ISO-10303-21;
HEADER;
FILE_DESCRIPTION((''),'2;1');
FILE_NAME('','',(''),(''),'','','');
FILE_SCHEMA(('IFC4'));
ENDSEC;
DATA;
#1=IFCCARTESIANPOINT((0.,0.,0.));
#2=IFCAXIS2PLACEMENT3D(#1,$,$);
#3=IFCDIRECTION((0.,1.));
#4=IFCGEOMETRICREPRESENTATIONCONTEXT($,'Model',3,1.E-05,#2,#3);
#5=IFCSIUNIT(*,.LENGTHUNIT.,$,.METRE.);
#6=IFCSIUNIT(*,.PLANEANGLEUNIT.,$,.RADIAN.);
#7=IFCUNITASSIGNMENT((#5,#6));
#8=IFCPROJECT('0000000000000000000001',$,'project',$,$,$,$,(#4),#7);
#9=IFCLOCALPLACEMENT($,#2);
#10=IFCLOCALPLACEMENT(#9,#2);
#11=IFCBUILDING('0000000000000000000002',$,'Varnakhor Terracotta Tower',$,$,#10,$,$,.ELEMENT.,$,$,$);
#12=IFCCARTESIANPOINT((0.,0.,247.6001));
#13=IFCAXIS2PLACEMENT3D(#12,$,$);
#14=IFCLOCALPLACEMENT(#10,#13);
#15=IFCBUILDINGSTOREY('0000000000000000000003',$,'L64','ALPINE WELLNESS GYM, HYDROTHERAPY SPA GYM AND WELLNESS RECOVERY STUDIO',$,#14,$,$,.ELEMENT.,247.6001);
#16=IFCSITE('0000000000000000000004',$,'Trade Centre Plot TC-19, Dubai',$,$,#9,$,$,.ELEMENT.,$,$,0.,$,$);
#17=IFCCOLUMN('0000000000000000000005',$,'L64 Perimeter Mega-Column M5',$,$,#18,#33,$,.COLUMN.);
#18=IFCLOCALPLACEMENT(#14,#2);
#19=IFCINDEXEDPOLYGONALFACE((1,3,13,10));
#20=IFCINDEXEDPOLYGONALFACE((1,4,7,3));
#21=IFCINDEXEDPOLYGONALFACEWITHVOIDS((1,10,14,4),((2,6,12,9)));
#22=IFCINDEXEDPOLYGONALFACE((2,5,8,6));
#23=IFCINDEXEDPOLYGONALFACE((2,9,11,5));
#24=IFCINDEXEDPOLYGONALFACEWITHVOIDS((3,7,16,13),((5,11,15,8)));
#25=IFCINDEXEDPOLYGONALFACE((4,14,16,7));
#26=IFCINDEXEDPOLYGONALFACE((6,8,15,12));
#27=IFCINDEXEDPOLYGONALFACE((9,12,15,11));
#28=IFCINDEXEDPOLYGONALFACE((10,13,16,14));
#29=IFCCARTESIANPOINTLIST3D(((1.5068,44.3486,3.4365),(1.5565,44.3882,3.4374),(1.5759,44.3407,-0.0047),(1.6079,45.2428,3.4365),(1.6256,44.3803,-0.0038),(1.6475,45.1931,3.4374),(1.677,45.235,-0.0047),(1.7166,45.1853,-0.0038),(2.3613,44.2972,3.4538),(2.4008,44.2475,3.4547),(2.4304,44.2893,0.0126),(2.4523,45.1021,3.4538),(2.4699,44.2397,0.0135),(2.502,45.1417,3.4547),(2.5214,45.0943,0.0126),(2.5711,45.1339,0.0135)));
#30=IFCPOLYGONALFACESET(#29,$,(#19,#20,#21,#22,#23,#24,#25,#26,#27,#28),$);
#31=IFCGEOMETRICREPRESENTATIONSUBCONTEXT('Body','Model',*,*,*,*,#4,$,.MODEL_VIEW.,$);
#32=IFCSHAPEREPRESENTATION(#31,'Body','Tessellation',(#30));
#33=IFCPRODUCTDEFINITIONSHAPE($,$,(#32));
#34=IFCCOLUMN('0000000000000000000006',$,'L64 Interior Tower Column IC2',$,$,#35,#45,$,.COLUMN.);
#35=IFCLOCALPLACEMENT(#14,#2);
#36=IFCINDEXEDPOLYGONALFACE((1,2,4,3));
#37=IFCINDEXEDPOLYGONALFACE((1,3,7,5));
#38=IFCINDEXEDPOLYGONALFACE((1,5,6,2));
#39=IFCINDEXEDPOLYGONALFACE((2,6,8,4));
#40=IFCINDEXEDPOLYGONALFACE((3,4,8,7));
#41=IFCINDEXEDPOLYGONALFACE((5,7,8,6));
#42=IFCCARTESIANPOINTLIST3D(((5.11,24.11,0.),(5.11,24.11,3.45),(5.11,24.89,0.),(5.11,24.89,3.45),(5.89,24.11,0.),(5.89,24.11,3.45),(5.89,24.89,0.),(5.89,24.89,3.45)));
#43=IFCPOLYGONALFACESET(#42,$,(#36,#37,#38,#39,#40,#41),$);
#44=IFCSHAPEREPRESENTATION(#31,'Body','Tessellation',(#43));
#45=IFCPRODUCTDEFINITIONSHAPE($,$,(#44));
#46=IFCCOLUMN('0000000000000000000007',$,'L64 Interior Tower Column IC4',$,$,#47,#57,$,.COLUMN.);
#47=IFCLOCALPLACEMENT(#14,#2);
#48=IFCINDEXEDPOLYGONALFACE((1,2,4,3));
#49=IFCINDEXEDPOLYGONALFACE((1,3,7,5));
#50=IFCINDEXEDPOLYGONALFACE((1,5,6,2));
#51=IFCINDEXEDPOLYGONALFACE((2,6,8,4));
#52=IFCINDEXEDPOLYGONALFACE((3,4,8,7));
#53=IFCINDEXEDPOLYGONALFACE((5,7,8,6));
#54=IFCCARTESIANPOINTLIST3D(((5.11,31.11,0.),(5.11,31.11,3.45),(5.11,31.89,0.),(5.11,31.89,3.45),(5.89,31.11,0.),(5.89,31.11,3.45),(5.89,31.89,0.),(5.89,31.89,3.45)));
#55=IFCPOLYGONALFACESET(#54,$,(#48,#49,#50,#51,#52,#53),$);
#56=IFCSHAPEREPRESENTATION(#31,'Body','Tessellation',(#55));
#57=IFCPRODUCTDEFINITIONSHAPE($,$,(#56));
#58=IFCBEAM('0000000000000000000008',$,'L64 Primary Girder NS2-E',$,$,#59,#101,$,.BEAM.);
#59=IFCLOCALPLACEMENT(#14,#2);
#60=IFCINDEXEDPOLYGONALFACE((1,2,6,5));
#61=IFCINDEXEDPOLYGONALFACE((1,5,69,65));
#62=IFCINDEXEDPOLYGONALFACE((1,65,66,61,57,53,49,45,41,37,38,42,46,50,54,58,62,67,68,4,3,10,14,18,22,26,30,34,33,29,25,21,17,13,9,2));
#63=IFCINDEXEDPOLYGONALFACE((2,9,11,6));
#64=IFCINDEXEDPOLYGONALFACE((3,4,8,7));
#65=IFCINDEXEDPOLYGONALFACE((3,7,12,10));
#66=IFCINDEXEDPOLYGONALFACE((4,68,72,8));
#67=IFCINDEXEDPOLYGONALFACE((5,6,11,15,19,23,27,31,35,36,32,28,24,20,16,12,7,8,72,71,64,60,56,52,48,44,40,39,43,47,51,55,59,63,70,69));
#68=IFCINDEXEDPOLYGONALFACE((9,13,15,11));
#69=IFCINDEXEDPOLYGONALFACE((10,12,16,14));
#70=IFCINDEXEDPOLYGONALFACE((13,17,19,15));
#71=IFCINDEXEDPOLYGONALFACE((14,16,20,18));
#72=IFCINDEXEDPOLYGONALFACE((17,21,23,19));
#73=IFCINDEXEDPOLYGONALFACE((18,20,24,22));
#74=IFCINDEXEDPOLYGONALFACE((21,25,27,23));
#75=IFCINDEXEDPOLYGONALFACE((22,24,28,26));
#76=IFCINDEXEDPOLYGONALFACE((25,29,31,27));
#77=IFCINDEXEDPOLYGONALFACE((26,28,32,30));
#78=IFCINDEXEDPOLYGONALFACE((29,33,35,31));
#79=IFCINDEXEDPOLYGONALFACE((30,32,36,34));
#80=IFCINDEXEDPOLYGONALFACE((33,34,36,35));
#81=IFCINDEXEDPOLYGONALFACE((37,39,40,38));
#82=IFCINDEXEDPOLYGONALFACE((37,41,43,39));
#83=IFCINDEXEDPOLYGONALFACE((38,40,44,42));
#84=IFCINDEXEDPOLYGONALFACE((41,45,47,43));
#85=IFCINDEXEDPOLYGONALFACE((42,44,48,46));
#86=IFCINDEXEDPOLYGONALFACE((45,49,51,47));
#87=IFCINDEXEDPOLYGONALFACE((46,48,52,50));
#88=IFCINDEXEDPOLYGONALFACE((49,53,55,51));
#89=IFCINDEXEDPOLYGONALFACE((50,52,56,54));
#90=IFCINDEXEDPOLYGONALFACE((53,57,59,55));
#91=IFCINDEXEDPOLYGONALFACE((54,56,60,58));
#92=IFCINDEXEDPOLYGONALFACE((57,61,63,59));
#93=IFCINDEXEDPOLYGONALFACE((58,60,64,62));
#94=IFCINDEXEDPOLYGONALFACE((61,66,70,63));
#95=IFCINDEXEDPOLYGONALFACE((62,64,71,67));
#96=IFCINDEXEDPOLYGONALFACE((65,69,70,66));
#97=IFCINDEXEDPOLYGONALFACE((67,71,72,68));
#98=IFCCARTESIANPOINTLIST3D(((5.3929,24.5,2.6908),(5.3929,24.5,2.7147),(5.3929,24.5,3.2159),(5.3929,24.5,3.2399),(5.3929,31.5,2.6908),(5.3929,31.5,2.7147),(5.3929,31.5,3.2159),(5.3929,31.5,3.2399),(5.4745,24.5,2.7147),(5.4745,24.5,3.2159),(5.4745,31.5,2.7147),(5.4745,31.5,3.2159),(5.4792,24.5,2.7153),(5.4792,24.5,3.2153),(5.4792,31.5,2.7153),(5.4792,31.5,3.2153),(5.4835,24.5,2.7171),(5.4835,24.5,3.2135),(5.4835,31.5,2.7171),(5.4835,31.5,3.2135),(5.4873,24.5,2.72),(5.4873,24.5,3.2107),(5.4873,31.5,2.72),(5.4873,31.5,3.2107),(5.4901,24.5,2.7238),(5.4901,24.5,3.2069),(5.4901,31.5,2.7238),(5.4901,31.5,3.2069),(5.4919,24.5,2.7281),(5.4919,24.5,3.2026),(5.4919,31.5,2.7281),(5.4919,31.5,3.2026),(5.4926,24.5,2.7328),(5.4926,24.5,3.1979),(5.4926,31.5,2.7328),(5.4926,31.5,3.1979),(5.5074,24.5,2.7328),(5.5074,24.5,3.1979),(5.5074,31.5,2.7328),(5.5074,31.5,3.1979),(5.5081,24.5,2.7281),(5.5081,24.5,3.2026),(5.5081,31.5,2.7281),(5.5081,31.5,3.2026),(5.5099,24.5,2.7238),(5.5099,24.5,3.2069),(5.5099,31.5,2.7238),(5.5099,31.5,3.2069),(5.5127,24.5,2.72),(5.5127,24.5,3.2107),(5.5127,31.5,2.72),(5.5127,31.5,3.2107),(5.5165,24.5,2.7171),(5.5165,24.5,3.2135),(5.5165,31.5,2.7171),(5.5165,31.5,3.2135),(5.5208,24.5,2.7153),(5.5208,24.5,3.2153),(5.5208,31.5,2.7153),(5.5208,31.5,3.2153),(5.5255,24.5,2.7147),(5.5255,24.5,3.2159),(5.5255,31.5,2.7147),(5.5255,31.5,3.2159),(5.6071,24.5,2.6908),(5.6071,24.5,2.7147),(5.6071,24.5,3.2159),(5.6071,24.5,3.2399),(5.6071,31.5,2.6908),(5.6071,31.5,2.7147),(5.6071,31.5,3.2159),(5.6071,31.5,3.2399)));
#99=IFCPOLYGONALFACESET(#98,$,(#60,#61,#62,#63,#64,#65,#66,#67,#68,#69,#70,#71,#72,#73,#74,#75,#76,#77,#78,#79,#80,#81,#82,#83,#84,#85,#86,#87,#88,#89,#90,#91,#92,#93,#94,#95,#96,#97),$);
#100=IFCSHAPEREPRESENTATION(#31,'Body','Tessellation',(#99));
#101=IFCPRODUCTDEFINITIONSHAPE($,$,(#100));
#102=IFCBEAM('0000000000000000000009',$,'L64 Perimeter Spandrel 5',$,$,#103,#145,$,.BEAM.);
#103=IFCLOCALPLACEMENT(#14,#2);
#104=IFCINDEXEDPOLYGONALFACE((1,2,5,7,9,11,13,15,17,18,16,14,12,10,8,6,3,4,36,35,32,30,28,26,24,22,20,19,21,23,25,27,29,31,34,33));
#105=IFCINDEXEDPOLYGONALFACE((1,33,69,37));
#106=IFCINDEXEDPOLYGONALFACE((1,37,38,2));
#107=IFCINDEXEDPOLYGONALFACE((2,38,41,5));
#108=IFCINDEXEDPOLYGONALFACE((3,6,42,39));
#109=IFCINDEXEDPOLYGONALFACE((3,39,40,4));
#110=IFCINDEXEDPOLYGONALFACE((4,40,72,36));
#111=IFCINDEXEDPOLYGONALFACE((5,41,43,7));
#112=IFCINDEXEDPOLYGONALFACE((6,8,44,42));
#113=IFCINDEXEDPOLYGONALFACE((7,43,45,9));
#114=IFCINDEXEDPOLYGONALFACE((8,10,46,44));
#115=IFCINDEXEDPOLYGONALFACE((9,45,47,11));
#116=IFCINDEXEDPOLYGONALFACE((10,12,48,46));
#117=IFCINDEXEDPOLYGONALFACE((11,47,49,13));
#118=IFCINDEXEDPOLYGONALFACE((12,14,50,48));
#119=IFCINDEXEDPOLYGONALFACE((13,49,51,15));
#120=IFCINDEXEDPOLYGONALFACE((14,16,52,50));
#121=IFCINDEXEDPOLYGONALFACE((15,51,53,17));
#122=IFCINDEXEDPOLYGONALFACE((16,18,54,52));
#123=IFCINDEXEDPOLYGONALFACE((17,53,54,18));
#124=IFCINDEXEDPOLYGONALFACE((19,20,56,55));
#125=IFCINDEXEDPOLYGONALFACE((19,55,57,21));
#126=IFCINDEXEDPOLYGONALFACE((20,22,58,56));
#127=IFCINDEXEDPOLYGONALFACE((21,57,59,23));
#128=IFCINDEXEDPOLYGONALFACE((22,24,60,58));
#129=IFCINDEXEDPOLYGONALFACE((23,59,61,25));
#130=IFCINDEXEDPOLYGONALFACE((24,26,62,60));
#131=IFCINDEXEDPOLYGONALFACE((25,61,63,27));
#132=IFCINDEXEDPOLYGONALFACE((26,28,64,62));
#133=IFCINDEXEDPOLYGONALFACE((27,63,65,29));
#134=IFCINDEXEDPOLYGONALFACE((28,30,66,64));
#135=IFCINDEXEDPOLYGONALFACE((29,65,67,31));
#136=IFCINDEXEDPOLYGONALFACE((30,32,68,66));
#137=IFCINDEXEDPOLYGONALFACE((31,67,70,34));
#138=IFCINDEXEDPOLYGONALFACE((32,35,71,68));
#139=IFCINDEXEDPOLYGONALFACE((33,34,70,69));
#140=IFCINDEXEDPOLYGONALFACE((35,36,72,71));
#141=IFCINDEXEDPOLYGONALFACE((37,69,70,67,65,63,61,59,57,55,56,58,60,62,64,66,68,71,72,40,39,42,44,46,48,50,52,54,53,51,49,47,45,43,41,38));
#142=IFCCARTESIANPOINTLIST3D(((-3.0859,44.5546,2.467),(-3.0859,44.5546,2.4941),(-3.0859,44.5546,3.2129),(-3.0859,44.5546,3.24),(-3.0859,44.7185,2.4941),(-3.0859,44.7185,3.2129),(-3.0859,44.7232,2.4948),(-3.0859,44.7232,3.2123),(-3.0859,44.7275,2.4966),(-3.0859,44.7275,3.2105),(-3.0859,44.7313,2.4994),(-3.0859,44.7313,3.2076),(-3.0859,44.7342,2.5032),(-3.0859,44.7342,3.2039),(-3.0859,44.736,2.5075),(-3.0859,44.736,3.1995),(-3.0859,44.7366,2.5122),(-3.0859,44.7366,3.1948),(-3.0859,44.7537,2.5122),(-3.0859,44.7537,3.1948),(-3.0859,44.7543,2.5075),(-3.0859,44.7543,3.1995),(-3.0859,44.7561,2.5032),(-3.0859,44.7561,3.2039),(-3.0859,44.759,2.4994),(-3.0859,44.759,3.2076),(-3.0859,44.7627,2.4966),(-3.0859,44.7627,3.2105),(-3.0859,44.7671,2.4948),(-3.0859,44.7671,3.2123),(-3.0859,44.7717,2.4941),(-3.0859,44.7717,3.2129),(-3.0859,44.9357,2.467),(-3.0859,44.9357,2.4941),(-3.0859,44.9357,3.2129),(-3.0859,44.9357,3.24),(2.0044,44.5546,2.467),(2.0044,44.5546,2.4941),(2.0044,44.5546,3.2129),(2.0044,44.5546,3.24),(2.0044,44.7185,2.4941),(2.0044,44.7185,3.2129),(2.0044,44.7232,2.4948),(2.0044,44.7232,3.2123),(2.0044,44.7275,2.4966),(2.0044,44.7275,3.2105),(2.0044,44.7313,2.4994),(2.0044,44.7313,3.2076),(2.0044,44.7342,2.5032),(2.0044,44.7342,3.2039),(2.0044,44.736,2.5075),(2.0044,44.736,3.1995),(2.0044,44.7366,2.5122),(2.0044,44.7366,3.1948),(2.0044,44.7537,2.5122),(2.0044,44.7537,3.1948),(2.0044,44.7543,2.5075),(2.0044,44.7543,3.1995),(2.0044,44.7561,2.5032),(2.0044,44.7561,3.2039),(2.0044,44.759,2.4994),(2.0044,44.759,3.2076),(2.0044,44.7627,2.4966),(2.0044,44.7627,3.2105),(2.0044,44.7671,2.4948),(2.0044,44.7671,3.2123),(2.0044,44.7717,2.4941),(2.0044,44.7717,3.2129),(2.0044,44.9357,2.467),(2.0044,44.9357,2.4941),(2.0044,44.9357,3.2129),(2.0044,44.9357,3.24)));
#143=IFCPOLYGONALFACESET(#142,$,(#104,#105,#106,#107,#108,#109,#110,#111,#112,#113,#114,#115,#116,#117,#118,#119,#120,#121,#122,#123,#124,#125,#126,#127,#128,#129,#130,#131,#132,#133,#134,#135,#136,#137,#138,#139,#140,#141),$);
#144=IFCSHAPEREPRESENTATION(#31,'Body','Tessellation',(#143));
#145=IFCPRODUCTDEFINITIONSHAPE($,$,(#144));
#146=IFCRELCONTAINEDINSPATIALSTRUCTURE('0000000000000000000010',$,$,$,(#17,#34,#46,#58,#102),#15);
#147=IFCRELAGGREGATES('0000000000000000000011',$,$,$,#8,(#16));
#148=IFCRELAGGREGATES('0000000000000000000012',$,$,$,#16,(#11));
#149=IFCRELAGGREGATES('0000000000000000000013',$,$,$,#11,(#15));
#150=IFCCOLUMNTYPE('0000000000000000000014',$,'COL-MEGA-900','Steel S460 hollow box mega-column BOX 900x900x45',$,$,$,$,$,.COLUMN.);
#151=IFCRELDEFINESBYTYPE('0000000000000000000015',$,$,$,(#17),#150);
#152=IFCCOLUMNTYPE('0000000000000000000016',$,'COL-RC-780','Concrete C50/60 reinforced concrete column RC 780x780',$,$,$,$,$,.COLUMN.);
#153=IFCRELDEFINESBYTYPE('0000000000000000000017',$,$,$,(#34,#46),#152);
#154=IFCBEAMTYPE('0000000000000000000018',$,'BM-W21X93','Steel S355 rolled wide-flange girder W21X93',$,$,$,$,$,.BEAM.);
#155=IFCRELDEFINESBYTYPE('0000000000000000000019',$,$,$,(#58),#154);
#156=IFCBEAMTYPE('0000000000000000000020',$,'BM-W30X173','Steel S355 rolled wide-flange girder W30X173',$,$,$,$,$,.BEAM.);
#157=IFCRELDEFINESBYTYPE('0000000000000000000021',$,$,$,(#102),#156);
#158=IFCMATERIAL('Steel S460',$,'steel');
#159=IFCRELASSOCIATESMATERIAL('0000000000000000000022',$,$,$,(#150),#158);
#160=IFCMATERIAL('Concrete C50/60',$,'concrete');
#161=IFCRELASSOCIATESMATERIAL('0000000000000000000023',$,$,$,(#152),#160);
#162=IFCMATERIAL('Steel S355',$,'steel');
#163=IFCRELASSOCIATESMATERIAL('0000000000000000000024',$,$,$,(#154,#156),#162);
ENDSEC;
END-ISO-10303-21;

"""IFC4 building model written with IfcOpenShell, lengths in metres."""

from ifc_helpers import new_model, si_unit, direction, frame, origin, origin_2d, place, context, subcontext, project, spatial, rectangle, hollow_rectangle, i_section, extrude, source, transform, mapped, material, material_profile, profile_set, type_object, element, save


model = new_model("IFC4")

# Units and contexts
model_context = context("Model", 3, precision=1e-05, world=origin(), true_north=direction((0.0, 1.0)))
body_context = subcontext(model_context, "Body", "Model", "MODEL_VIEW")
ifc_project = project(units=[si_unit("LENGTHUNIT", "METRE"), si_unit("PLANEANGLEUNIT", "RADIAN")], contexts=[model_context])

# Site, building, storey
site_placement = place(None, origin())
site = spatial("IfcSite", under=ifc_project, at=site_placement, Name="Trade Centre Plot TC-19, Dubai", CompositionType="ELEMENT", RefElevation=0.0)
building_placement = place(site_placement, origin())
building = spatial("IfcBuilding", under=site, at=building_placement, Name="Varnakhor Terracotta Tower", CompositionType="ELEMENT")
storey_placement = place(building_placement, frame((0.0, 0.0, 247.6001)))
storey = spatial("IfcBuildingStorey", under=building, at=storey_placement, Name="L64", Description="ALPINE WELLNESS GYM, HYDROTHERAPY SPA GYM AND WELLNESS RECOVERY STUDIO", CompositionType="ELEMENT", Elevation=247.6001)

# Columns
ifc_material_1 = material(Name="Steel S460", Category="steel")
ifc_material_profile_1 = material_profile(ifc_material_1, hollow_rectangle(XDim=0.8999, YDim=0.8999, WallThickness=0.0449, at=origin_2d()), Name="BOX 900x900x45")
ifc_profile_set_1 = profile_set([ifc_material_profile_1], Name="Steel S460")
column_type_1 = type_object("IfcColumnType", Name="COL-MEGA-900", Description="Steel S460 hollow box mega-column BOX 900x900x45", PredefinedType="COLUMN", material=ifc_profile_set_1)
shared_shape_1 = source(origin(), body_context, "Body", "SweptSolid", [
    extrude(hollow_rectangle(XDim=0.8999, YDim=0.8999, WallThickness=0.0449, at=origin_2d()), origin(), (0.0, 0.0, 1.0), 3.4419),
])
column_placement = place(storey_placement, frame((2.0735, 44.7373, 0.0044), z_axis=(-0.020074, 0.00227, 0.999796), x_axis=(-0.112358, -0.993668, 0.0)))
element("IfcColumn", 1, at=column_placement, inside=storey, type_object=column_type_1, Name="L64 Perimeter Mega-Column M5", PredefinedType="COLUMN", context=body_context, shape_type="MappedRepresentation", body=[
    mapped(shared_shape_1, transform((0.0, 0.0, 0.0), scale=1.0)),
])
ifc_material_2 = material(Name="Concrete C50/60", Category="concrete")
ifc_material_profile_2 = material_profile(ifc_material_2, rectangle(XDim=0.78, YDim=0.78, at=origin_2d()), Name="RC 780x780")
ifc_profile_set_2 = profile_set([ifc_material_profile_2], Name="Concrete C50/60")
column_type_2 = type_object("IfcColumnType", Name="COL-RC-780", Description="Concrete C50/60 reinforced concrete column RC 780x780", PredefinedType="COLUMN", material=ifc_profile_set_2)
shared_shape_2 = source(origin(), body_context, "Body", "SweptSolid", [
    extrude(rectangle(XDim=0.78, YDim=0.78, at=origin_2d()), origin(), (0.0, 0.0, 1.0), 3.45),
])
for number, where, z_axis, x_axis, name in (
    (2, (5.5, 24.5, 0.0), (0.0, 0.0, 1.0), (1.0, 0.0, 0.0), "L64 Interior Tower Column IC2"),
    (3, (5.5, 31.5, 0.0), (0.0, 0.0, 1.0), (1.0, 0.0, 0.0), "L64 Interior Tower Column IC4"),
):
    element("IfcColumn", number, at=place(storey_placement, frame(where, z_axis=z_axis, x_axis=x_axis)), inside=storey, type_object=column_type_2, Name=name, PredefinedType="COLUMN", context=body_context, shape_type="MappedRepresentation", body=[
        mapped(shared_shape_2, transform((0.0, 0.0, 0.0), scale=1.0)),
    ])

# Beams
ifc_material_3 = material(Name="Steel S355", Category="steel")
ifc_material_profile_3 = material_profile(ifc_material_3, i_section(OverallWidth=0.2141, OverallDepth=0.5491, WebThickness=0.0149, FlangeThickness=0.0239, FilletRadius=0.0181, at=origin_2d()), Name="W21X93")
ifc_profile_set_3 = profile_set([ifc_material_profile_3], Name="Steel S355")
beam_type_1 = type_object("IfcBeamType", Name="BM-W21X93", Description="Steel S355 rolled wide-flange girder W21X93", PredefinedType="BEAM", material=ifc_profile_set_3)
shared_shape_3 = source(origin(), body_context, "Body", "SweptSolid", [
    extrude(i_section(OverallWidth=0.2141, OverallDepth=0.5491, WebThickness=0.0149, FlangeThickness=0.0239, FilletRadius=0.0181, at=origin_2d()), origin(), (0.0, 0.0, 1.0), 7.0),
])
beam_1_placement = place(storey_placement, frame((5.5, 24.5, 2.9653), z_axis=(0.0, 1.0, 0.0), x_axis=(-1.0, 0.0, 0.0)))
element("IfcBeam", 4, at=beam_1_placement, inside=storey, type_object=beam_type_1, Name="L64 Primary Girder NS2-E", PredefinedType="BEAM", context=body_context, shape_type="MappedRepresentation", body=[
    mapped(shared_shape_3, transform((0.0, 0.0, 0.0), scale=1.0)),
])
ifc_material_profile_4 = material_profile(ifc_material_3, i_section(OverallWidth=0.3811, OverallDepth=0.7729, WebThickness=0.0171, FlangeThickness=0.0271, FilletRadius=0.0181, at=origin_2d()), Name="W30X173")
ifc_profile_set_4 = profile_set([ifc_material_profile_4], Name="Steel S355")
beam_type_2 = type_object("IfcBeamType", Name="BM-W30X173", Description="Steel S355 rolled wide-flange girder W30X173", PredefinedType="BEAM", material=ifc_profile_set_4)
shared_shape_4 = source(origin(), body_context, "Body", "SweptSolid", [
    extrude(i_section(OverallWidth=0.3811, OverallDepth=0.7729, WebThickness=0.0171, FlangeThickness=0.0271, FilletRadius=0.0181, at=origin_2d()), origin(), (0.0, 0.0, 1.0), 5.0903),
])
beam_2_placement = place(storey_placement, frame((2.0044, 44.7451, 2.8535), z_axis=(-1.0, 0.0, 0.0), x_axis=(0.0, -1.0, 0.0)))
element("IfcBeam", 5, at=beam_2_placement, inside=storey, type_object=beam_type_2, Name="L64 Perimeter Spandrel 5", PredefinedType="BEAM", context=body_context, shape_type="MappedRepresentation", body=[
    mapped(shared_shape_4, transform((0.0, 0.0, 0.0), scale=1.0)),
])

save(model, "model.ifc")
